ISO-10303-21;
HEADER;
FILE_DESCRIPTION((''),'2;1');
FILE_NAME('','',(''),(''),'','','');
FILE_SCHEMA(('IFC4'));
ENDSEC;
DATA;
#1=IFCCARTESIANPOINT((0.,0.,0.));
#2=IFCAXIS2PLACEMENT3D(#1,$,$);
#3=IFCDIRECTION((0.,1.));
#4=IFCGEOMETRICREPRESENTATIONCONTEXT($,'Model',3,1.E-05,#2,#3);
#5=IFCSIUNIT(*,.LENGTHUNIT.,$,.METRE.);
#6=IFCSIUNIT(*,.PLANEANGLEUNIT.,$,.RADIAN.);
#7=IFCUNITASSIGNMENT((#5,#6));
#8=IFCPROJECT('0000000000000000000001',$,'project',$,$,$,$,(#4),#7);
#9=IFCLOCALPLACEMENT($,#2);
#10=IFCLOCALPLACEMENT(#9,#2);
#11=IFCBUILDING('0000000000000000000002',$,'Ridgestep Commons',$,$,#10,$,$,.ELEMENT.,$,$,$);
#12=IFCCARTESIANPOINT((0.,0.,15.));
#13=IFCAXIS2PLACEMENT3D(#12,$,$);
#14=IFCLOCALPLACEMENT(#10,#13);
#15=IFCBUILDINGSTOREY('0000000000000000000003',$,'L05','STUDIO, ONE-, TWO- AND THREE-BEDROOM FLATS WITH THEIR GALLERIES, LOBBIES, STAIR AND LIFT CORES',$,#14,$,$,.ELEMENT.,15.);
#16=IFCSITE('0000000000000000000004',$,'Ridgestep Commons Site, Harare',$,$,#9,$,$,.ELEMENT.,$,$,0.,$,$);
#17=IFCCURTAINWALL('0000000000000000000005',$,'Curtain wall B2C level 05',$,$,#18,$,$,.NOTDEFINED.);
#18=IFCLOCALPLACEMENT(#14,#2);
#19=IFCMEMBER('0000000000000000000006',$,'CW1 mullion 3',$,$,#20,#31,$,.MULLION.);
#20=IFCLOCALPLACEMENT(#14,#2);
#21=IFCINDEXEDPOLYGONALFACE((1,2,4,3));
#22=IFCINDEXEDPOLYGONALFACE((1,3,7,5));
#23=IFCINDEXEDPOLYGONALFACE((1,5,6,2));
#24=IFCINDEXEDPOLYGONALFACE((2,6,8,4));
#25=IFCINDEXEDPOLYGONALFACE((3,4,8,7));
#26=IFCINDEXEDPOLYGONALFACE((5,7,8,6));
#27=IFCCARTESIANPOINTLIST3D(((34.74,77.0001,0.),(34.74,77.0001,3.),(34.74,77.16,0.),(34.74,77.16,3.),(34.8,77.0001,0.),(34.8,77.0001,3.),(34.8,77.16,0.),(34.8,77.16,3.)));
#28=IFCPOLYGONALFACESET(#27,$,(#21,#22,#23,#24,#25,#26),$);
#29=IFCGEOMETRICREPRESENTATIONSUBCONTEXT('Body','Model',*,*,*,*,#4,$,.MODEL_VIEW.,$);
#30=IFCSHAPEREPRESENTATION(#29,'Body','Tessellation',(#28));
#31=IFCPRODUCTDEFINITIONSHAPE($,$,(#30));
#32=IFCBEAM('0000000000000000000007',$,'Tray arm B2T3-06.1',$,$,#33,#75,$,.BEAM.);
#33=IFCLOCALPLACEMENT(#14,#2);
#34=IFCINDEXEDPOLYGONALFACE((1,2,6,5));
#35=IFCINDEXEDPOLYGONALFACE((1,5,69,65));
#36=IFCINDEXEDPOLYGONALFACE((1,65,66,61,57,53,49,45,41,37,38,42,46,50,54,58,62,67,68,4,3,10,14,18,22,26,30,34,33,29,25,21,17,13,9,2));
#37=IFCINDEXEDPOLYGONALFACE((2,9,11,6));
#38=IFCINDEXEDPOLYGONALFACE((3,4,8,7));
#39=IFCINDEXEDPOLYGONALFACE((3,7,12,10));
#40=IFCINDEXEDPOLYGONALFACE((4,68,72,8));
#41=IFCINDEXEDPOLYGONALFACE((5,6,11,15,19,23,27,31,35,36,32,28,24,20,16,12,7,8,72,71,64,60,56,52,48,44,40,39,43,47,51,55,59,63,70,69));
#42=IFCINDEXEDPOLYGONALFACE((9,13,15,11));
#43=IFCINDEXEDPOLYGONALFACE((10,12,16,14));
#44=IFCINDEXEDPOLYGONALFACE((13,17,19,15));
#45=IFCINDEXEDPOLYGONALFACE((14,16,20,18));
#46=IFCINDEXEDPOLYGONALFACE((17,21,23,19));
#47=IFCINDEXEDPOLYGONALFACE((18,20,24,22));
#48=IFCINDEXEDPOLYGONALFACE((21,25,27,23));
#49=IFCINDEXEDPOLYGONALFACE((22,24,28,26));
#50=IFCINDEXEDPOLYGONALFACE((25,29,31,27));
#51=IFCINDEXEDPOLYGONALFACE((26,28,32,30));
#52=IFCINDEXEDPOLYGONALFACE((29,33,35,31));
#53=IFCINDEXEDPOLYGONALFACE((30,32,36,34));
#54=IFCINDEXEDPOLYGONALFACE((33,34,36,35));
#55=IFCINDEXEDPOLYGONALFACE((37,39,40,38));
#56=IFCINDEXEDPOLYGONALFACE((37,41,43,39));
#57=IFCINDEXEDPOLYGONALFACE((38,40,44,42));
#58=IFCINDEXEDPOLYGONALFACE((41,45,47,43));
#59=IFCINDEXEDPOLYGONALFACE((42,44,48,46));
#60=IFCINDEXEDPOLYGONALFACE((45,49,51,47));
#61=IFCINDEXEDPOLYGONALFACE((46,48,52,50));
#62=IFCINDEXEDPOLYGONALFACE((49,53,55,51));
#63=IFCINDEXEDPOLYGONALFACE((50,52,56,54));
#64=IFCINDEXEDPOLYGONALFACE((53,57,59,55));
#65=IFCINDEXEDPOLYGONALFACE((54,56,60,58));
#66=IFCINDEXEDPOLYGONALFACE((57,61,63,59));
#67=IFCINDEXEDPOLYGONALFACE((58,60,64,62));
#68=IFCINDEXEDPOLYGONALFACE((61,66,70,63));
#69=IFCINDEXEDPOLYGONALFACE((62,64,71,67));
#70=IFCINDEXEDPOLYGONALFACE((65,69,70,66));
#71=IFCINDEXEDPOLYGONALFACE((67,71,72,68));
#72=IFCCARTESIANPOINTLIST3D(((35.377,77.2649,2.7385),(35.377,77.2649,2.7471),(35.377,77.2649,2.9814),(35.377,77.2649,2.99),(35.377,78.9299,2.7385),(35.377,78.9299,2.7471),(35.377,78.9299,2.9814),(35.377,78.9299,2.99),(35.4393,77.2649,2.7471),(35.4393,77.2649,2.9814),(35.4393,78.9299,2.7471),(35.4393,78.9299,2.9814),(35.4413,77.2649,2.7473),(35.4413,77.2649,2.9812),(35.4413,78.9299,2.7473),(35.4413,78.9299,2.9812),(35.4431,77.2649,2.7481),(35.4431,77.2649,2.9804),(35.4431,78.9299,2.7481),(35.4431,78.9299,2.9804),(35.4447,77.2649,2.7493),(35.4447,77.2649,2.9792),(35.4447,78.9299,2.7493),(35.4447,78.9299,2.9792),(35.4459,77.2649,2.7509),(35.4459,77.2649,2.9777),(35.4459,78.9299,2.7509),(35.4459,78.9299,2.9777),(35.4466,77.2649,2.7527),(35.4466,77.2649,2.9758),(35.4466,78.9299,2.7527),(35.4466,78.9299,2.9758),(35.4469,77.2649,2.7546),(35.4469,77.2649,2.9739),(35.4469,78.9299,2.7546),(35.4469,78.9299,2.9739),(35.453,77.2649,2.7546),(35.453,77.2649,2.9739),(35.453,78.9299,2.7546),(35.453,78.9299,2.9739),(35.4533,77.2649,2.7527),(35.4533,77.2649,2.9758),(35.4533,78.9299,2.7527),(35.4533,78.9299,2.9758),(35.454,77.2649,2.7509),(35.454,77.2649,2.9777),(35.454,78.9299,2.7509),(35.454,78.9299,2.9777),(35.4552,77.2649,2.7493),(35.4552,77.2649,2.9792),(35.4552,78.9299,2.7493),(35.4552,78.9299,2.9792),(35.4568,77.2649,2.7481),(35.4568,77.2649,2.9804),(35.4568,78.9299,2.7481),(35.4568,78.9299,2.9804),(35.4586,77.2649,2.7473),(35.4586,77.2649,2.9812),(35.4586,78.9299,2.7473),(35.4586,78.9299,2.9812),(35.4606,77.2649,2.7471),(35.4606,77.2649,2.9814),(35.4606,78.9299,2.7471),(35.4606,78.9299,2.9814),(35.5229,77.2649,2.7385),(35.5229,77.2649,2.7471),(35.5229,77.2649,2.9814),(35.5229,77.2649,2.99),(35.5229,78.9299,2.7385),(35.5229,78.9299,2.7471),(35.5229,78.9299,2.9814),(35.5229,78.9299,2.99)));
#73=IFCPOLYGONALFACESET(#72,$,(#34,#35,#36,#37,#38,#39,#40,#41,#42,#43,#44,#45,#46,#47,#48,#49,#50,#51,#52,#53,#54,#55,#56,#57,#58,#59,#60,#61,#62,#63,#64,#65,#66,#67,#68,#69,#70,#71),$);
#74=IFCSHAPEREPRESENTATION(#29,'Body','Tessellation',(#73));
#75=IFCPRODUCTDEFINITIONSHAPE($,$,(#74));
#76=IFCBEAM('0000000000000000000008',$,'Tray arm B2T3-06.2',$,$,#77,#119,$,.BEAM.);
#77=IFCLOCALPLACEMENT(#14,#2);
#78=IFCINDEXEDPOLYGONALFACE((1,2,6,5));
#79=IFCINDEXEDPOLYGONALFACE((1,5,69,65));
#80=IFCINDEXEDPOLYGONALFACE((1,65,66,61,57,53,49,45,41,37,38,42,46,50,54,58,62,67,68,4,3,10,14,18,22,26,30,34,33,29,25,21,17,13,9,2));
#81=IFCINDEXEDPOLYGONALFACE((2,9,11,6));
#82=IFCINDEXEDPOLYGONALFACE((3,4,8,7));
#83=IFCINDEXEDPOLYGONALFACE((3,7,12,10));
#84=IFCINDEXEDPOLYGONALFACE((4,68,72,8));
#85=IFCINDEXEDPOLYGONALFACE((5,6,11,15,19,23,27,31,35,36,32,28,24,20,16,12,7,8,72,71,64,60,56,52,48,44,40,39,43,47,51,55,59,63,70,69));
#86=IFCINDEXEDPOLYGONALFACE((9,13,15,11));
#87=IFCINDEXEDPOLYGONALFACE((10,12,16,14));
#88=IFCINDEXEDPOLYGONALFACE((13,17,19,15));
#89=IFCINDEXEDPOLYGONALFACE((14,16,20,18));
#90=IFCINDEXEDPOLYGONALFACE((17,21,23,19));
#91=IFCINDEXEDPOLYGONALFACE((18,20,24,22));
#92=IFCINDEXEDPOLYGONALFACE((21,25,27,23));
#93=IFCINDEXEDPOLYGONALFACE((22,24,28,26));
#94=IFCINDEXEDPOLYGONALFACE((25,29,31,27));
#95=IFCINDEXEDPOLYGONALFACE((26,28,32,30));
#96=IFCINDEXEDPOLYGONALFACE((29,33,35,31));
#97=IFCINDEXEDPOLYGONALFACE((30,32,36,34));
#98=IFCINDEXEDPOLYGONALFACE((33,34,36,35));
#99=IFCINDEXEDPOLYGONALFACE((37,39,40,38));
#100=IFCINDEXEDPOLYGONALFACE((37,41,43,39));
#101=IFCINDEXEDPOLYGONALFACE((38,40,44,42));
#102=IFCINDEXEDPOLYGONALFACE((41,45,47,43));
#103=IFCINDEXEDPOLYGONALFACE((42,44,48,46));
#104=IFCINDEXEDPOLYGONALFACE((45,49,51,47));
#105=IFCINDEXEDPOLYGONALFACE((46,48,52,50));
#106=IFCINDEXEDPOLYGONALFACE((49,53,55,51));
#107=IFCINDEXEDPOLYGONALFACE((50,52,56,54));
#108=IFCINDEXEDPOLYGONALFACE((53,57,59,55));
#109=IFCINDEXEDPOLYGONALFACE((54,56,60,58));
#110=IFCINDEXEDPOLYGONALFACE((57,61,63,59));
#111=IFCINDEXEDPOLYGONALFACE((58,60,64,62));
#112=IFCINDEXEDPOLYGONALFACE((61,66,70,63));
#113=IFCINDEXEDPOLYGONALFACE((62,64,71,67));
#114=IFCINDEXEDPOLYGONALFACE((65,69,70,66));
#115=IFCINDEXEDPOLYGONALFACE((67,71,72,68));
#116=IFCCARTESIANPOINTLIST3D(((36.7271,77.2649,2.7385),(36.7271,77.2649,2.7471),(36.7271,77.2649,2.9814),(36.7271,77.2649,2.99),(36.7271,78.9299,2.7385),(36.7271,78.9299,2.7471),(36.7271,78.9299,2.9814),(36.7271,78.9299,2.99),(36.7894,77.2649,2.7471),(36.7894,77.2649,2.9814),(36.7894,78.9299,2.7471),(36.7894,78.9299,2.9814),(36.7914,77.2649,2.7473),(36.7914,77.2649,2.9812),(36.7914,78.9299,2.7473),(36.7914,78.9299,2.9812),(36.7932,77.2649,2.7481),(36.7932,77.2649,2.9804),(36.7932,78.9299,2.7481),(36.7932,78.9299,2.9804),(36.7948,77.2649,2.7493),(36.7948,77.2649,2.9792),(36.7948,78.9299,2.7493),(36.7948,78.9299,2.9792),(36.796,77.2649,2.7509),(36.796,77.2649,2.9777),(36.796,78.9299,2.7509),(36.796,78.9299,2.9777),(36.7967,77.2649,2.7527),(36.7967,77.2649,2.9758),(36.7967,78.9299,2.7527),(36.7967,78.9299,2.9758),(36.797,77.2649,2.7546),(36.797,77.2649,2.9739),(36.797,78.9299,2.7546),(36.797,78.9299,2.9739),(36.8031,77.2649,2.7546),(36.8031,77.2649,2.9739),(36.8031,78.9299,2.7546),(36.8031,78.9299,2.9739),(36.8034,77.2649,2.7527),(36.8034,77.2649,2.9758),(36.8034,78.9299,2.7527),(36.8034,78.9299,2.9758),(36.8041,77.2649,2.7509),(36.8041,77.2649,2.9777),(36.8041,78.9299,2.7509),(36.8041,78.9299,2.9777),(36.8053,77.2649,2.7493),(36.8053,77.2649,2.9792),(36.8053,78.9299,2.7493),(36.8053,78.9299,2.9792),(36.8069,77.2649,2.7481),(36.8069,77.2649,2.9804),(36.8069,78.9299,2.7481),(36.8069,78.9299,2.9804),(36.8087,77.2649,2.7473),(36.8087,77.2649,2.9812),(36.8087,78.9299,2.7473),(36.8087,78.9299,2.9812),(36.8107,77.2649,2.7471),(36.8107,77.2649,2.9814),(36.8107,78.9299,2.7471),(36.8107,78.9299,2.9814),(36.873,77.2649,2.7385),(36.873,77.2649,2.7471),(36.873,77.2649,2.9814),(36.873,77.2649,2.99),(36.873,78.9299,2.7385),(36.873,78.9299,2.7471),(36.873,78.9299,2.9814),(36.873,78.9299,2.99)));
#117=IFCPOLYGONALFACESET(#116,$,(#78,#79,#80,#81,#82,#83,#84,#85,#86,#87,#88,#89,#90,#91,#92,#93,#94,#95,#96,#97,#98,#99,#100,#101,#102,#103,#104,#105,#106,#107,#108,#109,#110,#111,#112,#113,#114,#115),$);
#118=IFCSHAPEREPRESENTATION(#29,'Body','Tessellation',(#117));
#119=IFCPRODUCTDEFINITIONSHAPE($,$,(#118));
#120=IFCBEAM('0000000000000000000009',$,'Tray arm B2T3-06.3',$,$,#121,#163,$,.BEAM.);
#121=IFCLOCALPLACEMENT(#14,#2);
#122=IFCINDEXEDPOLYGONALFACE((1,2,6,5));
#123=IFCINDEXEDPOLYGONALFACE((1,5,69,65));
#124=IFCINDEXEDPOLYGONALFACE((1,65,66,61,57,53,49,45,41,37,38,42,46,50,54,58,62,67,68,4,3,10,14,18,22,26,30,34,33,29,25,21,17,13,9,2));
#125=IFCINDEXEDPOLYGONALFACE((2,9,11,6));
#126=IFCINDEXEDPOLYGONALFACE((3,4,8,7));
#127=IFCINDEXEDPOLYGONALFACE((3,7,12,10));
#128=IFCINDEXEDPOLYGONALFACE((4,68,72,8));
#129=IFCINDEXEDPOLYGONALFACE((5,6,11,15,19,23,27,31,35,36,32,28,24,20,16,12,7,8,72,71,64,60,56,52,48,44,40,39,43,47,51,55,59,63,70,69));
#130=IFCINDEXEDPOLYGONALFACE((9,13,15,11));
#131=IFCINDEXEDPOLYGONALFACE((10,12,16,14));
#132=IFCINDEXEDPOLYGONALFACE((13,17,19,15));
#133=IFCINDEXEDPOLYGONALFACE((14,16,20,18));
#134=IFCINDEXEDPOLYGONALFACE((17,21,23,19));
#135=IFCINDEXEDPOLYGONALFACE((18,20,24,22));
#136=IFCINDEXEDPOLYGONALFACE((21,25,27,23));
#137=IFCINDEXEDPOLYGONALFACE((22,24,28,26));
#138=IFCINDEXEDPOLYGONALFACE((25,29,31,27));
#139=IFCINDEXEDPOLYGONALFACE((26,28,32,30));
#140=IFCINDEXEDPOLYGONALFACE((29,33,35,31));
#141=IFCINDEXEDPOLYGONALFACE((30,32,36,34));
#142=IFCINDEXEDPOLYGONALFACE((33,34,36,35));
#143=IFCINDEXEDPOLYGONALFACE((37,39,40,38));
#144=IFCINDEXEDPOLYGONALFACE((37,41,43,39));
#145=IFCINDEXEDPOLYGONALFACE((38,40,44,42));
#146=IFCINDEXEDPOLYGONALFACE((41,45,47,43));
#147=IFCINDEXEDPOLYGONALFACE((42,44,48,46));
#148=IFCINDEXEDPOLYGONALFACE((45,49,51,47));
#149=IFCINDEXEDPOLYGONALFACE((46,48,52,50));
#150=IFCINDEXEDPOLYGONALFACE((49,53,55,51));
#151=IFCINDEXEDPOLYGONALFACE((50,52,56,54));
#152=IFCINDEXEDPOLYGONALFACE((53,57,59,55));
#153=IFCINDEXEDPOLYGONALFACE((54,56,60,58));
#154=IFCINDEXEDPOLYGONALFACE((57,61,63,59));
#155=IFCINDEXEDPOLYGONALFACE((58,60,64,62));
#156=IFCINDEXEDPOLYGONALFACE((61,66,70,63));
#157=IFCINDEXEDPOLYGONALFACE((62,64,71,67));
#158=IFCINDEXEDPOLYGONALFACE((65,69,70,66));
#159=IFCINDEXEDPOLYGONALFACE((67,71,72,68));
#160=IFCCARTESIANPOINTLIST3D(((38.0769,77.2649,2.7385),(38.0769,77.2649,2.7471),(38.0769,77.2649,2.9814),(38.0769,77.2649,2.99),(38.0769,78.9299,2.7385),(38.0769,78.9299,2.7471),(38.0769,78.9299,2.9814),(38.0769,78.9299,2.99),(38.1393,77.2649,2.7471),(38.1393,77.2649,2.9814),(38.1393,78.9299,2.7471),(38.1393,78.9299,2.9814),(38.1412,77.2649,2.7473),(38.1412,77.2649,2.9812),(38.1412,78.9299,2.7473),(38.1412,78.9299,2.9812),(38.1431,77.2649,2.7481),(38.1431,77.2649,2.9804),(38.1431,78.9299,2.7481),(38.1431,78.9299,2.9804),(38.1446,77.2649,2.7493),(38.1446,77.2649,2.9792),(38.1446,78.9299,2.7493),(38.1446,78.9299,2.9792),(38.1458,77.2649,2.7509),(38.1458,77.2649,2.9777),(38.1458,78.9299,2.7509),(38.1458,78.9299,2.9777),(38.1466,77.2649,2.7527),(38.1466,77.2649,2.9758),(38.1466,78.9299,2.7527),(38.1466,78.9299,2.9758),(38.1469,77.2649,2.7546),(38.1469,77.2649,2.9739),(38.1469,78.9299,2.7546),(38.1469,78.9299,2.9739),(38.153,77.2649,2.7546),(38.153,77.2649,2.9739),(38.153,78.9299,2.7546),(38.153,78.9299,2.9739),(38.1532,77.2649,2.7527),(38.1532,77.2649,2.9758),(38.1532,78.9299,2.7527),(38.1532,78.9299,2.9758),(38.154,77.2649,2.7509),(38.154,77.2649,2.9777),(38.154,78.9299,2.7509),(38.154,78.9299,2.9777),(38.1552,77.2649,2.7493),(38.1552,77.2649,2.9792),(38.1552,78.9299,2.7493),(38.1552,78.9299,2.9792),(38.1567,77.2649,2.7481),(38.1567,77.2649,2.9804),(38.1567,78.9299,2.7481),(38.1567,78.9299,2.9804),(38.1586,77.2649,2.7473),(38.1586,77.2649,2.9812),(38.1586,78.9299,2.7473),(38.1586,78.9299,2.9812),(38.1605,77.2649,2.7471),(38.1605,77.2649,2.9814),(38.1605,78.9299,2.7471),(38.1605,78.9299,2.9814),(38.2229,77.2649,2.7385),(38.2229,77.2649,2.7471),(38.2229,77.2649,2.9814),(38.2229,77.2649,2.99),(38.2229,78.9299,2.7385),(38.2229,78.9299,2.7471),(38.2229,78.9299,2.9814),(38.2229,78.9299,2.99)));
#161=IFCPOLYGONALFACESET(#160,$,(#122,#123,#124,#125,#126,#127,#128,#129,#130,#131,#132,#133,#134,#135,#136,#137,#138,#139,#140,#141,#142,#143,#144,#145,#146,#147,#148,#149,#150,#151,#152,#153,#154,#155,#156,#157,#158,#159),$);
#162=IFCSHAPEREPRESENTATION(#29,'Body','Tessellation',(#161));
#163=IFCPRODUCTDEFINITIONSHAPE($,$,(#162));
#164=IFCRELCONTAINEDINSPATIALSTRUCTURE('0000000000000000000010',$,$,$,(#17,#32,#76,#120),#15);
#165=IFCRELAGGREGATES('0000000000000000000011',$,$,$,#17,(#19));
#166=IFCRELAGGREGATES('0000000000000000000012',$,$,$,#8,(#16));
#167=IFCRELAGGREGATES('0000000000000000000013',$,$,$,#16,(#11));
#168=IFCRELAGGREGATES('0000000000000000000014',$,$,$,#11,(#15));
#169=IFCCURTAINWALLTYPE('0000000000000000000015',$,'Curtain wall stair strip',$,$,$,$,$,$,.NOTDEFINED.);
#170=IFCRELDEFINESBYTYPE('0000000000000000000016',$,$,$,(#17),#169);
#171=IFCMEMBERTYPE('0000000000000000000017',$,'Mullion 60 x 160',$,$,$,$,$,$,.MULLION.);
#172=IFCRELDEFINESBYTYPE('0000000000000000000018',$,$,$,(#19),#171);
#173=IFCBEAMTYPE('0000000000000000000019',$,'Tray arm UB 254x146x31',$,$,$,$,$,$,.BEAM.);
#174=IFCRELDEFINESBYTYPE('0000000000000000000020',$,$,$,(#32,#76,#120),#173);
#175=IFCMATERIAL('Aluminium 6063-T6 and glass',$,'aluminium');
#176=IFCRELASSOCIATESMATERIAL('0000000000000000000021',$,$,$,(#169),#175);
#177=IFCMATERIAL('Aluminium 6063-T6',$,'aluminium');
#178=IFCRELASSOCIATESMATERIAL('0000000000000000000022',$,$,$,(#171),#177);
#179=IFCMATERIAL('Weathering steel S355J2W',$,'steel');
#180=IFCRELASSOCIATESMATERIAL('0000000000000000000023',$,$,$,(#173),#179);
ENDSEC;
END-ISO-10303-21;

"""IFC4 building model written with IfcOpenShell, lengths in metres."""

from ifc_helpers import new_model, si_unit, direction, frame, origin, origin_2d, place, context, subcontext, project, spatial, rectangle, i_section, extrude, material, material_profile, profile_set, type_object, element, aggregate, save


model = new_model("IFC4")

# Units and contexts
model_context = context("Model", 3, precision=1e-05, world=origin(), true_north=direction((0.0, 1.0)))
body_context = subcontext(model_context, "Body", "Model", "MODEL_VIEW")
ifc_project = project(units=[si_unit("LENGTHUNIT", "METRE"), si_unit("PLANEANGLEUNIT", "RADIAN")], contexts=[model_context])

# Site, building, storey
site_placement = place(None, origin())
site = spatial("IfcSite", under=ifc_project, at=site_placement, Name="Ridgestep Commons Site, Harare", CompositionType="ELEMENT", RefElevation=0.0)
building_placement = place(site_placement, origin())
building = spatial("IfcBuilding", under=site, at=building_placement, Name="Ridgestep Commons", CompositionType="ELEMENT")
storey_placement = place(building_placement, frame((0.0, 0.0, 15.0)))
storey = spatial("IfcBuildingStorey", under=building, at=storey_placement, Name="L05", Description="STUDIO, ONE-, TWO- AND THREE-BEDROOM FLATS WITH THEIR GALLERIES, LOBBIES, STAIR AND LIFT CORES", CompositionType="ELEMENT", Elevation=15.0)

# Curtain wall, member
ifc_material_1 = material(Name="Aluminium 6063-T6 and glass", Category="aluminium")
curtain_wall_type = type_object("IfcCurtainWallType", Name="Curtain wall stair strip", PredefinedType="NOTDEFINED", material=ifc_material_1)
curtain_wall_placement = place(storey_placement, origin())
curtain_wall = element("IfcCurtainWall", 1, at=curtain_wall_placement, inside=storey, type_object=curtain_wall_type, Name="Curtain wall B2C level 05", PredefinedType="NOTDEFINED")
ifc_material_2 = material(Name="Aluminium 6063-T6", Category="aluminium")
ifc_material_profile_1 = material_profile(ifc_material_2, rectangle(XDim=0.1599, YDim=0.0601, at=origin_2d()), Name="Mullion 60 x 160")
ifc_profile_set_1 = profile_set([ifc_material_profile_1], Name="Aluminium 6063-T6")
member_type = type_object("IfcMemberType", Name="Mullion 60 x 160", PredefinedType="MULLION", material=ifc_profile_set_1)
member_placement = place(storey_placement, frame((34.77, 77.0801, 0.0), z_axis=(0.0, 0.0, 1.0), x_axis=(0.0, 1.0, 0.0)))
member = element("IfcMember", 2, at=member_placement, type_object=member_type, Name="CW1 mullion 3", PredefinedType="MULLION", context=body_context, shape_type="SweptSolid", body=[
    extrude(rectangle(XDim=0.1599, YDim=0.0601, at=origin_2d()), origin(), (0.0, 0.0, 1.0), 3.0),
])
aggregate(curtain_wall, [member])

# Beams
ifc_material_3 = material(Name="Weathering steel S355J2W", Category="steel")
ifc_material_profile_2 = material_profile(ifc_material_3, i_section(OverallWidth=0.146, OverallDepth=0.2515, WebThickness=0.0061, FlangeThickness=0.0085, FilletRadius=0.0076, at=origin_2d()), Name="UB 254x146x31")
ifc_profile_set_2 = profile_set([ifc_material_profile_2], Name="Weathering steel S355J2W")
beam_type_1 = type_object("IfcBeamType", Name="Tray arm UB 254x146x31", PredefinedType="BEAM", material=ifc_profile_set_2)
for number, where, z_axis, x_axis, name in (
    (3, (35.45, 77.2649, 2.8643), (0.0, 1.0, 0.0), (-1.0, 0.0, 0.0), "Tray arm B2T3-06.1"),
    (4, (36.8, 77.2649, 2.8643), (0.0, 1.0, 0.0), (-1.0, 0.0, 0.0), "Tray arm B2T3-06.2"),
    (5, (38.1499, 77.2649, 2.8643), (0.0, 1.0, 0.0), (-1.0, 0.0, 0.0), "Tray arm B2T3-06.3"),
):
    element("IfcBeam", number, at=place(storey_placement, frame(where, z_axis=z_axis, x_axis=x_axis)), inside=storey, type_object=beam_type_1, Name=name, PredefinedType="BEAM", context=body_context, shape_type="SweptSolid", body=[
        extrude(i_section(OverallWidth=0.146, OverallDepth=0.2515, WebThickness=0.0061, FlangeThickness=0.0085, FilletRadius=0.0076, at=origin_2d()), origin(), (0.0, 0.0, 1.0), 1.665),
    ])

save(model, "model.ifc")
